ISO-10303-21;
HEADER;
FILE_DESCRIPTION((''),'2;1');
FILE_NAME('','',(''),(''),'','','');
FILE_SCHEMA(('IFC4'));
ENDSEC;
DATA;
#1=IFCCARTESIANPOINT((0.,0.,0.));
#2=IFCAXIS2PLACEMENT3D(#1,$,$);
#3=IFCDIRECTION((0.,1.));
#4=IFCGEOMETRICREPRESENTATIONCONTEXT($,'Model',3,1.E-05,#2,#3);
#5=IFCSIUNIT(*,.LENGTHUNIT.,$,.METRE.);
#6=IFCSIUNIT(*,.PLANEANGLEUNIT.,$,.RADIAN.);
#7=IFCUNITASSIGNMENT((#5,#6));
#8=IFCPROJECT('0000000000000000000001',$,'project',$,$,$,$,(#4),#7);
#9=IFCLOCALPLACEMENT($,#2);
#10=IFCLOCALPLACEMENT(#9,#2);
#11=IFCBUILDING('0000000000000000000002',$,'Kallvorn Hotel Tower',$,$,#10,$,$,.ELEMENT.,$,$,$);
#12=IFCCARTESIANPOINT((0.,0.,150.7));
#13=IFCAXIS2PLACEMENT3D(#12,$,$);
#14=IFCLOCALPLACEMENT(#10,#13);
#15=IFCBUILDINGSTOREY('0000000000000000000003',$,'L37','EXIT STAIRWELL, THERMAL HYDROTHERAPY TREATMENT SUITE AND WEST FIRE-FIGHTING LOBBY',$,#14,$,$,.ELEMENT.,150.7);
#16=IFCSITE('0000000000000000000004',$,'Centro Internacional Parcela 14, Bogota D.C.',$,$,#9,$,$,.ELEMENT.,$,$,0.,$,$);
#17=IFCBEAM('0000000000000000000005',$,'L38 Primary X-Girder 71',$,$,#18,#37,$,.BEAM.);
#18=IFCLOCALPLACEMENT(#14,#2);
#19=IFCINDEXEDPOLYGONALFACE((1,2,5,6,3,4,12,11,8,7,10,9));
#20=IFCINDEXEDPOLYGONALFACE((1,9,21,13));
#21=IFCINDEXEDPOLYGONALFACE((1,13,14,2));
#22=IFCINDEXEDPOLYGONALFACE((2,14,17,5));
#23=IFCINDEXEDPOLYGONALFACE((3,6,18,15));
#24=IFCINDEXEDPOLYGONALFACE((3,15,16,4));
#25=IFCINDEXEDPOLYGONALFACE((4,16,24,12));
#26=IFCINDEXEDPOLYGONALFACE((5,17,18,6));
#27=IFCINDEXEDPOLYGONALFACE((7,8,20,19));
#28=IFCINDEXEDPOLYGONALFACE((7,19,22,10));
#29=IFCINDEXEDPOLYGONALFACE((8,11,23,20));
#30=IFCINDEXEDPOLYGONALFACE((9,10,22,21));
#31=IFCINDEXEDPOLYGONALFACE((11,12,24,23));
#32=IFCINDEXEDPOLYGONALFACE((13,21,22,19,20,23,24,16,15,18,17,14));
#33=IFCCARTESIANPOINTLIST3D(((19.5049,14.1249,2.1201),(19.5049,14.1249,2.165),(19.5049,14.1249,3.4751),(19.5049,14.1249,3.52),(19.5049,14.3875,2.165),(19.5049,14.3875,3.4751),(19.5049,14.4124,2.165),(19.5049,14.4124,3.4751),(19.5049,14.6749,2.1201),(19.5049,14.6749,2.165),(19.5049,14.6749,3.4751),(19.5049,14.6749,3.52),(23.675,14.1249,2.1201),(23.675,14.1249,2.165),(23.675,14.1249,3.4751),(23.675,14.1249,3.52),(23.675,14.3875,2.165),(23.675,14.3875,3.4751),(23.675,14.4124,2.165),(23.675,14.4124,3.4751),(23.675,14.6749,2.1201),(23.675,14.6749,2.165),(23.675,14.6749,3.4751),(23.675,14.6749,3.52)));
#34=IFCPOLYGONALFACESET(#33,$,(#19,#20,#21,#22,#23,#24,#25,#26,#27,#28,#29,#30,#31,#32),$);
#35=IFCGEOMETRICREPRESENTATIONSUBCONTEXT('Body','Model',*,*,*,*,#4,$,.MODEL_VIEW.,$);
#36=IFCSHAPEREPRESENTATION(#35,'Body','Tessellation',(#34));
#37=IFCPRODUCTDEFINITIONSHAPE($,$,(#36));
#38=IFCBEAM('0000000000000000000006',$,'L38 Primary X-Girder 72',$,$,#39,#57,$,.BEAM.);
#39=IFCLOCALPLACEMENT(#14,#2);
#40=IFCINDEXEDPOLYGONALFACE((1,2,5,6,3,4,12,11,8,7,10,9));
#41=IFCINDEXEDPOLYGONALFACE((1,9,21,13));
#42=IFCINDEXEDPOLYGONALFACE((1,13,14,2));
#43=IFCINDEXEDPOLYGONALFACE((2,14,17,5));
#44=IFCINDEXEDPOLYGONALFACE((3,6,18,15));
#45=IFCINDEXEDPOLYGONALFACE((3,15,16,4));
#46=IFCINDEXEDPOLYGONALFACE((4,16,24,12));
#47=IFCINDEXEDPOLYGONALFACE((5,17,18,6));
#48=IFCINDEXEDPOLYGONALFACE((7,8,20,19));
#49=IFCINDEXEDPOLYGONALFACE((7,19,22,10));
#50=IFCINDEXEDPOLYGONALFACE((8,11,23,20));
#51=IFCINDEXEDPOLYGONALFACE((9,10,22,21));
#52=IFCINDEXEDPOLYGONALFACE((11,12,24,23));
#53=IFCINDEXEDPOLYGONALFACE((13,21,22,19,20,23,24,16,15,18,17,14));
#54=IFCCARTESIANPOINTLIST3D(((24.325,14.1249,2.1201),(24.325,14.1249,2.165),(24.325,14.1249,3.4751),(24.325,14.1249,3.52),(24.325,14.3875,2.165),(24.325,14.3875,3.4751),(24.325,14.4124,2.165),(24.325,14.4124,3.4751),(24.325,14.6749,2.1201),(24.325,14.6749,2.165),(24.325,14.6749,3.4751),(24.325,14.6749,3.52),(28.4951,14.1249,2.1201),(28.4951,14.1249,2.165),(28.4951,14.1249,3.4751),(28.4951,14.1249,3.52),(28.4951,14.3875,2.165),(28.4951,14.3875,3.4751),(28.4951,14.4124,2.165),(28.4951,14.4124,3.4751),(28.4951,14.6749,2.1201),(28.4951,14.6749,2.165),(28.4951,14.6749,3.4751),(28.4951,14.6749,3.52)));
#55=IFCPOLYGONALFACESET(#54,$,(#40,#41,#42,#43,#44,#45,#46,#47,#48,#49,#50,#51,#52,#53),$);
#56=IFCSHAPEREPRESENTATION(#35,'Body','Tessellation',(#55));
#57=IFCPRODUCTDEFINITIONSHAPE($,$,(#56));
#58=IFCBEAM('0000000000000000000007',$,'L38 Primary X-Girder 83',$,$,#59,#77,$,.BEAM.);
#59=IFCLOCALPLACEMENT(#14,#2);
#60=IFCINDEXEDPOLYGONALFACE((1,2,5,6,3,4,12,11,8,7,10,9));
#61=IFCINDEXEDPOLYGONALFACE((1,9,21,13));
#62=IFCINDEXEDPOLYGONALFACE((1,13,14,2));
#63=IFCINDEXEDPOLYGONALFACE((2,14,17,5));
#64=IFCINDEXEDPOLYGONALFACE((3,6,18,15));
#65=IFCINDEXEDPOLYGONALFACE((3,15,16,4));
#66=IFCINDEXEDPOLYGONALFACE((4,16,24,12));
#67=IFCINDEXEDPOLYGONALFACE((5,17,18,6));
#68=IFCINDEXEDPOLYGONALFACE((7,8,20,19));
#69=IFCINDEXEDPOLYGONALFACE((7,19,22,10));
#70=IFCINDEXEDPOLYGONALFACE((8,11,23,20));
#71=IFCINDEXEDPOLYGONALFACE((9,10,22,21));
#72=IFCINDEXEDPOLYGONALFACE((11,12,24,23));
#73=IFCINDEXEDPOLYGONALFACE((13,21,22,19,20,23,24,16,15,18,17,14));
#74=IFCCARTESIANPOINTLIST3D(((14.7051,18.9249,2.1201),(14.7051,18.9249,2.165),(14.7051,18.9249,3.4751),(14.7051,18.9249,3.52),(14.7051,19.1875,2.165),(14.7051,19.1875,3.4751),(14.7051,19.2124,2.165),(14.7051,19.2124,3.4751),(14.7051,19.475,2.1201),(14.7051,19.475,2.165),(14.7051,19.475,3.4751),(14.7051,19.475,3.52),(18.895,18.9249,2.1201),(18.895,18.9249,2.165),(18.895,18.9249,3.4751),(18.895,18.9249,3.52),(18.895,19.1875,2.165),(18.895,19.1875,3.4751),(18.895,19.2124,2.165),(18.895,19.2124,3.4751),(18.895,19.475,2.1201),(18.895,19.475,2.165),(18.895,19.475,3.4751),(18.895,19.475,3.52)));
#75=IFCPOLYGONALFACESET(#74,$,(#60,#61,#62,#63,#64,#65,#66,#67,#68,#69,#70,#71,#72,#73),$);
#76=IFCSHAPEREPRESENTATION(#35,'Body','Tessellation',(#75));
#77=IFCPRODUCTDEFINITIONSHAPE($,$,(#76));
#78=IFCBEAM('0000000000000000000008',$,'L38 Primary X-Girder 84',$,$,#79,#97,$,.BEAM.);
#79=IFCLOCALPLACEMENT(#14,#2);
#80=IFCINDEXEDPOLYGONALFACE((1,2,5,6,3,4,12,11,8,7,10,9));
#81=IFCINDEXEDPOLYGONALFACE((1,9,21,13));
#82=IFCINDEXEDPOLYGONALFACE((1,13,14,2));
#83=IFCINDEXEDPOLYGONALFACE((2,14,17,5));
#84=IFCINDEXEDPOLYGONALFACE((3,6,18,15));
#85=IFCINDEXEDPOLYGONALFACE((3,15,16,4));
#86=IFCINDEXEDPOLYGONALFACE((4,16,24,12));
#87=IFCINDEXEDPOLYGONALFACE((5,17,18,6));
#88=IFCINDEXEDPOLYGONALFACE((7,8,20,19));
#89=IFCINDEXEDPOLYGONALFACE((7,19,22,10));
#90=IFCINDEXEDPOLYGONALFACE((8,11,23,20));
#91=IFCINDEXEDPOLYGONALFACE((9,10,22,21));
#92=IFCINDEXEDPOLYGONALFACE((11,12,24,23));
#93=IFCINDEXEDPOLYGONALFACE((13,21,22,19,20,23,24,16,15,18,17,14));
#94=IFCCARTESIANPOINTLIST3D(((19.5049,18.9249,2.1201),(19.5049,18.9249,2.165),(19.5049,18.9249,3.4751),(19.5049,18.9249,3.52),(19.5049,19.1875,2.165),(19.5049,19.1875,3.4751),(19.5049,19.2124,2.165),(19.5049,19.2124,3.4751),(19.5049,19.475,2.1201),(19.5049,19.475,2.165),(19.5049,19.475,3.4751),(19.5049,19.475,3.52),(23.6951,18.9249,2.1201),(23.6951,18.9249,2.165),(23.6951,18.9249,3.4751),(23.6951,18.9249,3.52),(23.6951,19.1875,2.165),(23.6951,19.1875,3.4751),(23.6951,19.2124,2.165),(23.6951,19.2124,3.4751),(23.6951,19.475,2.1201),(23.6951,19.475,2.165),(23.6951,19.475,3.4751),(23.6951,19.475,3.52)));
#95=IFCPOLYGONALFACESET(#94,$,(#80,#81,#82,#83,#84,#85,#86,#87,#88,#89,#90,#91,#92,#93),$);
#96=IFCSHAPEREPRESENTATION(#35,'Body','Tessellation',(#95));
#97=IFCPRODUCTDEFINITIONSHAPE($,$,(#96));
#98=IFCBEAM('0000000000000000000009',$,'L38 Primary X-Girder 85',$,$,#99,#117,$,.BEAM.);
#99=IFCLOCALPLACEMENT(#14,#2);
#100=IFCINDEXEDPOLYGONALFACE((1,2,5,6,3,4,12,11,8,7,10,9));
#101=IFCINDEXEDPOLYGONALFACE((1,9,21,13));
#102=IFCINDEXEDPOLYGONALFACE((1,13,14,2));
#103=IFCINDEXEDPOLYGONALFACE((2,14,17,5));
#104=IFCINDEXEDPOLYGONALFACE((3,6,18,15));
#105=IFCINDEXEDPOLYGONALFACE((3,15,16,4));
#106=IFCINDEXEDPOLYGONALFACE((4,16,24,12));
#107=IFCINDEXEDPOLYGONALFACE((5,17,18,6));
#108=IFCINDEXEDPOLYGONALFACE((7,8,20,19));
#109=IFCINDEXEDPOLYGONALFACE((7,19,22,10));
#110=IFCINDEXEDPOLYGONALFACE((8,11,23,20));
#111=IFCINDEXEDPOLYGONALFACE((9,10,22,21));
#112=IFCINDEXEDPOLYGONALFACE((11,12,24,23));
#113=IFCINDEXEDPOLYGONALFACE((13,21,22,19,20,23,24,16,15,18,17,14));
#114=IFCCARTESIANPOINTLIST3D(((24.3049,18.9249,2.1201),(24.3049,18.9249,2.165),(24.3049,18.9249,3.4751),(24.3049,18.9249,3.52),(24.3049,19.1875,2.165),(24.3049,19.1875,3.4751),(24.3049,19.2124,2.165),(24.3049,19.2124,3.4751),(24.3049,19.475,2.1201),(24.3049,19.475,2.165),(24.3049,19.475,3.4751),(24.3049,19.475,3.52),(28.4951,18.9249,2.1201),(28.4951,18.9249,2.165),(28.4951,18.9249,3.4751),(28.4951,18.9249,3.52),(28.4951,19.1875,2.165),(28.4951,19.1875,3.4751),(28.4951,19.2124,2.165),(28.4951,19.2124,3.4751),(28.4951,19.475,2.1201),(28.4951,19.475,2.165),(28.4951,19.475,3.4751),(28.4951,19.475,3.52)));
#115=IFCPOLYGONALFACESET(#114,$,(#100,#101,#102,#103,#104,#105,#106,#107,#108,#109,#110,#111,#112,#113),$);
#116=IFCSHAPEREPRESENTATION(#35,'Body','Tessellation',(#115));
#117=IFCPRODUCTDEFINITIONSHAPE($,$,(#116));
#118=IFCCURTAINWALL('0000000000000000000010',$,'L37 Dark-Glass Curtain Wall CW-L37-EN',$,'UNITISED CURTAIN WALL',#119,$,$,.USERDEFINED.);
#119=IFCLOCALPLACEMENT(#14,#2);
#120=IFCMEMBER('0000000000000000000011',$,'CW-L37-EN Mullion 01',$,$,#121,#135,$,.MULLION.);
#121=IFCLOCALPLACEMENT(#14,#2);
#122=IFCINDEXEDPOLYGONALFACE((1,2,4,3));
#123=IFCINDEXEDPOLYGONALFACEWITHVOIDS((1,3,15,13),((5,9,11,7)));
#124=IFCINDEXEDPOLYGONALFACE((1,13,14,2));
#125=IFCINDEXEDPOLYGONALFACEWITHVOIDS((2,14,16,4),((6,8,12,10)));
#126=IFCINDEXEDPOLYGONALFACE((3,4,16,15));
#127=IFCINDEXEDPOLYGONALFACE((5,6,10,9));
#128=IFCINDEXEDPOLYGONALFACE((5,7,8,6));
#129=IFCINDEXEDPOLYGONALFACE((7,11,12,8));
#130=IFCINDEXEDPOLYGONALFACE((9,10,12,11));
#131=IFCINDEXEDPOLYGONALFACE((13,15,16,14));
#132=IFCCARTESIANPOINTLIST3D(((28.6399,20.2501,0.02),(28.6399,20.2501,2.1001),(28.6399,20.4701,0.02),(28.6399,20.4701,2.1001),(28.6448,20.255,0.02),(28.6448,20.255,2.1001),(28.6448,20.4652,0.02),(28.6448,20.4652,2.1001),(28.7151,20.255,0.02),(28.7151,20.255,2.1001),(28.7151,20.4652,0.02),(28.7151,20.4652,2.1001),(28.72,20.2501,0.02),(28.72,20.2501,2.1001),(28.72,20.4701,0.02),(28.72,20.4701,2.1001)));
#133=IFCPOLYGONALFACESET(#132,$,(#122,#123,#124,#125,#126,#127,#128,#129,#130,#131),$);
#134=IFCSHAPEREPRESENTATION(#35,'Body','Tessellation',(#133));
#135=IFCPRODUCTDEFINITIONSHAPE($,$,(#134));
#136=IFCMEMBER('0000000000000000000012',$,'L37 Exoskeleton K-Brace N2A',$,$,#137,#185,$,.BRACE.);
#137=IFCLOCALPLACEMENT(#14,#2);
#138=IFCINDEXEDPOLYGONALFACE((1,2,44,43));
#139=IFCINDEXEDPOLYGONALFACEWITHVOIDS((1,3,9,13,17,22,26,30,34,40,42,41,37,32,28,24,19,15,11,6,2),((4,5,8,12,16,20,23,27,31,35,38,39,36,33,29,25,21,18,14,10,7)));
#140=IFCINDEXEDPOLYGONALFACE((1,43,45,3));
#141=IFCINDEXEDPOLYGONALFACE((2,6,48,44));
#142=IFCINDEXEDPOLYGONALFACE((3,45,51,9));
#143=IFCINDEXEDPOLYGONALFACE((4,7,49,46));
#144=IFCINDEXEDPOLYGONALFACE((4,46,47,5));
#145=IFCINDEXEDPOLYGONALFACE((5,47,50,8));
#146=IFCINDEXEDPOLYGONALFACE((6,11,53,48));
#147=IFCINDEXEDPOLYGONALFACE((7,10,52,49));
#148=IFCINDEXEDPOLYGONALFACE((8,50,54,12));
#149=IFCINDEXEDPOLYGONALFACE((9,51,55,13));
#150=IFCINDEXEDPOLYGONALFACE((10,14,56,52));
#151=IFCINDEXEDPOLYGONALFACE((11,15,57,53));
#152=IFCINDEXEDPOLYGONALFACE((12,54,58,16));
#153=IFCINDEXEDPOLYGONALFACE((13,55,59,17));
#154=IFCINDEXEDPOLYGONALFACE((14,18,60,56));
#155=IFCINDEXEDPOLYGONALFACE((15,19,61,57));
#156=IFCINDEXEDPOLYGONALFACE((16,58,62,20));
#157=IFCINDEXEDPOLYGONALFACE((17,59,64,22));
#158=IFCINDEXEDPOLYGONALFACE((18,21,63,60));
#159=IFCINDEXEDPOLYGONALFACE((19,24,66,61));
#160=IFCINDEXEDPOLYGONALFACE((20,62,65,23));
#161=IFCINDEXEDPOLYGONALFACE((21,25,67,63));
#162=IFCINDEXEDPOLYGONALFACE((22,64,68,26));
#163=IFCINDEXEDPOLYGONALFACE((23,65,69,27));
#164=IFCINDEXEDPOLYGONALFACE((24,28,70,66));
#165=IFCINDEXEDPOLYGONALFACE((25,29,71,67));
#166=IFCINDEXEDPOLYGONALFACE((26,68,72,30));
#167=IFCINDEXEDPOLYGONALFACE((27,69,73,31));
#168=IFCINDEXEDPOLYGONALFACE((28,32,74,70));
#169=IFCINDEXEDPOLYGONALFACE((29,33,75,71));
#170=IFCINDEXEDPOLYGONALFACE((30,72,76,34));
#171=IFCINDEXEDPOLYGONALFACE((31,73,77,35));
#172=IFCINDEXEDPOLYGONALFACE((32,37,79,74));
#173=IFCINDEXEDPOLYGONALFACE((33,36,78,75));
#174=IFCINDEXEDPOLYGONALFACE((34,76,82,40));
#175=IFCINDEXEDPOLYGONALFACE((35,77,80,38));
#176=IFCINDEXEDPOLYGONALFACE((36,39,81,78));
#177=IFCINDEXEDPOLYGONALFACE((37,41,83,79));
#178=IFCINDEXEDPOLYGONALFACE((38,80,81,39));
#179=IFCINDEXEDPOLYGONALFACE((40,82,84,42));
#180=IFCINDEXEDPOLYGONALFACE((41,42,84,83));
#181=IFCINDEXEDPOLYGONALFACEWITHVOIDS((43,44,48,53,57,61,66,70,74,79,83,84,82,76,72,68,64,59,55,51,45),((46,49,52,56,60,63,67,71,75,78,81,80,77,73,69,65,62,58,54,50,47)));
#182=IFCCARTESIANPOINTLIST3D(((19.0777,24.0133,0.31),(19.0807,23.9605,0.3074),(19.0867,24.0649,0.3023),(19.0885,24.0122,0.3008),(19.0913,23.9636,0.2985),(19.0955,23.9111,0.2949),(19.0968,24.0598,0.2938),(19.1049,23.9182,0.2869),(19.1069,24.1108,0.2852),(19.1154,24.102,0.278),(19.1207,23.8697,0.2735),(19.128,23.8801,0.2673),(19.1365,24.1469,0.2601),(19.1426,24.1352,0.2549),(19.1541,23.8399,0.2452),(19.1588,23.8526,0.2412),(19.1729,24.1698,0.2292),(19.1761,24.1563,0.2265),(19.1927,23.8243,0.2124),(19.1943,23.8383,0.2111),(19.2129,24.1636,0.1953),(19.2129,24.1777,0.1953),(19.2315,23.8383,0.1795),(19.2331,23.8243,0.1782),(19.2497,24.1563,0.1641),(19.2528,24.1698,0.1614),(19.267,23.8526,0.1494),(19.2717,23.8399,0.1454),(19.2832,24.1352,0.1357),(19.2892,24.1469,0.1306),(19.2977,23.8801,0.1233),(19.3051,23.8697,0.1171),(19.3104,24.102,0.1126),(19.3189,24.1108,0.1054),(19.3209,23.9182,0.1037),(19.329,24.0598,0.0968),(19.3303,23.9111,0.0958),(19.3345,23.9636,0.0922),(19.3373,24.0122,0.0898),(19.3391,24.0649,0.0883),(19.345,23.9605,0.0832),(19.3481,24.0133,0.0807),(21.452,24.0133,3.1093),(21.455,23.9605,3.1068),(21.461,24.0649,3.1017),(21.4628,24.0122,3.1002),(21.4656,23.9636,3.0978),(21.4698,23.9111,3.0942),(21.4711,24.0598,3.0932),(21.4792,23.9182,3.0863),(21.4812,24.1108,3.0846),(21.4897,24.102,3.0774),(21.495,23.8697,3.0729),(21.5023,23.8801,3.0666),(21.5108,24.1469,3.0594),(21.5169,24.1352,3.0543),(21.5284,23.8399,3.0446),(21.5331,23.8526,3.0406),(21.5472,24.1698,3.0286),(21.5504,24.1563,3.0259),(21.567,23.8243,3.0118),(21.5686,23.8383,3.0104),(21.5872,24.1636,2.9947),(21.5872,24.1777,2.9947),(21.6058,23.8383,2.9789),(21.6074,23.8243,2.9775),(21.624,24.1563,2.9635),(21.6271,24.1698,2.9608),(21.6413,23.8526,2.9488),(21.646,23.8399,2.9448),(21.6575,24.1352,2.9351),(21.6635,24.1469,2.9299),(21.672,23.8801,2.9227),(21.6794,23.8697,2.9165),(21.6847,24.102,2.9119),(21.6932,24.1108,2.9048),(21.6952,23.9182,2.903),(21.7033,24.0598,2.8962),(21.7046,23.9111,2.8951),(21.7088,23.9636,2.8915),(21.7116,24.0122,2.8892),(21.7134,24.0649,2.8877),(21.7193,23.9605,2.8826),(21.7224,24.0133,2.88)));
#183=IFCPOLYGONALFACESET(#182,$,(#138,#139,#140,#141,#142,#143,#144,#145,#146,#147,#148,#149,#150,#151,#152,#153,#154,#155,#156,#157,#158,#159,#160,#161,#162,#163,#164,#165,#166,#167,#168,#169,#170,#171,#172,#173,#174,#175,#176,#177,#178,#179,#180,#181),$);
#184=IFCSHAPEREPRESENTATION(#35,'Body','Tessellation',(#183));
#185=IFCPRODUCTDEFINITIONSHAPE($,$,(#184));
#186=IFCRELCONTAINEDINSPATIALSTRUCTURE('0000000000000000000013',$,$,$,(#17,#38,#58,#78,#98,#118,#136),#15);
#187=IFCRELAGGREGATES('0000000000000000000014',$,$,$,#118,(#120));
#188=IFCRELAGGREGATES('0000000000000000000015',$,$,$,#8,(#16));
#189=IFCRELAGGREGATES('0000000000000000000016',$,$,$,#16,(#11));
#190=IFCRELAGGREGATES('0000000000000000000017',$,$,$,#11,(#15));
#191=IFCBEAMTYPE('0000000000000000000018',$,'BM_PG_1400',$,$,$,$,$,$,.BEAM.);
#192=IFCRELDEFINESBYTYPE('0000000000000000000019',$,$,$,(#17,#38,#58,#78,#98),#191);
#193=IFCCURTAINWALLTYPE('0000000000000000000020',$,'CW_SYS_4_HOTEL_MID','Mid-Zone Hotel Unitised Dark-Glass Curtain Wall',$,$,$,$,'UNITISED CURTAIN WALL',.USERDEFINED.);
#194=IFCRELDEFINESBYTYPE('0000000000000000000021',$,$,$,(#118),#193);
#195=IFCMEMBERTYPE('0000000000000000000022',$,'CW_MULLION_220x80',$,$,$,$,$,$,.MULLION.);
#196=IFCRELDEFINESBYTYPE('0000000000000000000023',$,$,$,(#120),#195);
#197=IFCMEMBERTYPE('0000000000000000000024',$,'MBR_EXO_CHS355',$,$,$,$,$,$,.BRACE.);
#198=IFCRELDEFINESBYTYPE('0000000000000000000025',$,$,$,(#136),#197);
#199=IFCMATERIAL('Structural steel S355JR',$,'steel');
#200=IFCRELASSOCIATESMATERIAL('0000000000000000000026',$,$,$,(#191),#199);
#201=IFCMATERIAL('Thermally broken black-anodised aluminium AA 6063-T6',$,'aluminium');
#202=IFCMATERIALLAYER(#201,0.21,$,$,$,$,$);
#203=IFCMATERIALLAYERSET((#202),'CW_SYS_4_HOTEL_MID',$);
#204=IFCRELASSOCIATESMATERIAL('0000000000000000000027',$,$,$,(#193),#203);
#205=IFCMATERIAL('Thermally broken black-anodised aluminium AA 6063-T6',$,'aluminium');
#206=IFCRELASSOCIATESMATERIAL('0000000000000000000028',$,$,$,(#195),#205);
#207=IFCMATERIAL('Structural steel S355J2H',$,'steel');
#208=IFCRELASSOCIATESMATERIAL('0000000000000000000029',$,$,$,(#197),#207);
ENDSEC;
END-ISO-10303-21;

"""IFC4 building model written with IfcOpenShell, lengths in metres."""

from ifc_helpers import new_model, si_unit, direction, frame, origin, origin_2d, place, context, subcontext, project, spatial, hollow_rectangle, hollow_circle, i_section, extrude, material, layer, layer_set, material_profile, profile_set, type_object, element, aggregate, save


model = new_model("IFC4")

# Units and contexts
model_context = context("Model", 3, precision=1e-05, world=origin(), true_north=direction((0.0, 1.0)))
body_context = subcontext(model_context, "Body", "Model", "MODEL_VIEW")
ifc_project = project(units=[si_unit("LENGTHUNIT", "METRE"), si_unit("PLANEANGLEUNIT", "RADIAN")], contexts=[model_context])

# Site, building, storey
site_placement = place(None, origin())
site = spatial("IfcSite", under=ifc_project, at=site_placement, Name="Centro Internacional Parcela 14, Bogota D.C.", CompositionType="ELEMENT", RefElevation=0.0)
building_placement = place(site_placement, origin())
building = spatial("IfcBuilding", under=site, at=building_placement, Name="Kallvorn Hotel Tower", CompositionType="ELEMENT")
storey_placement = place(building_placement, frame((0.0, 0.0, 150.7)))
storey = spatial("IfcBuildingStorey", under=building, at=storey_placement, Name="L37", Description="EXIT STAIRWELL, THERMAL HYDROTHERAPY TREATMENT SUITE AND WEST FIRE-FIGHTING LOBBY", CompositionType="ELEMENT", Elevation=150.7)

# Beams
ifc_material_1 = material(Name="Structural steel S355JR", Category="steel")
ifc_material_profile_1 = material_profile(ifc_material_1, i_section(OverallWidth=0.55, OverallDepth=1.3999, WebThickness=0.0249, FlangeThickness=0.0449, at=origin_2d()), Name="PG 1400x550x25x45")
ifc_profile_set_1 = profile_set([ifc_material_profile_1], Name="Structural steel S355JR")
beam_type_1 = type_object("IfcBeamType", Name="BM_PG_1400", PredefinedType="BEAM", material=ifc_profile_set_1)
for number, where, z_axis, x_axis, name in (
    (1, (19.5049, 14.3999, 2.8201), (1.0, 0.0, 0.0), (0.0, 1.0, 0.0), "L38 Primary X-Girder 71"),
    (2, (24.325, 14.3999, 2.8201), (1.0, 0.0, 0.0), (0.0, 1.0, 0.0), "L38 Primary X-Girder 72"),
):
    element("IfcBeam", number, at=place(storey_placement, frame(where, z_axis=z_axis, x_axis=x_axis)), inside=storey, type_object=beam_type_1, Name=name, PredefinedType="BEAM", context=body_context, shape_type="SweptSolid", body=[
        extrude(i_section(OverallWidth=0.55, OverallDepth=1.3999, WebThickness=0.0249, FlangeThickness=0.0449, at=origin_2d()), origin(), (0.0, 0.0, 1.0), 4.1702),
    ])
beam_1_placement = place(storey_placement, frame((14.7051, 19.2, 2.8201), z_axis=(1.0, 0.0, 0.0), x_axis=(0.0, 1.0, 0.0)))
element("IfcBeam", 3, at=beam_1_placement, inside=storey, type_object=beam_type_1, Name="L38 Primary X-Girder 83", PredefinedType="BEAM", context=body_context, shape_type="SweptSolid", body=[
    extrude(i_section(OverallWidth=0.55, OverallDepth=1.3999, WebThickness=0.0249, FlangeThickness=0.0449, at=origin_2d()), origin(), (0.0, 0.0, 1.0), 4.1899),
])
for number, where, z_axis, x_axis, name in (
    (4, (19.5049, 19.2, 2.8201), (1.0, 0.0, 0.0), (0.0, 1.0, 0.0), "L38 Primary X-Girder 84"),
    (5, (24.3049, 19.2, 2.8201), (1.0, 0.0, 0.0), (0.0, 1.0, 0.0), "L38 Primary X-Girder 85"),
):
    element("IfcBeam", number, at=place(storey_placement, frame(where, z_axis=z_axis, x_axis=x_axis)), inside=storey, type_object=beam_type_1, Name=name, PredefinedType="BEAM", context=body_context, shape_type="SweptSolid", body=[
        extrude(i_section(OverallWidth=0.55, OverallDepth=1.3999, WebThickness=0.0249, FlangeThickness=0.0449, at=origin_2d()), origin(), (0.0, 0.0, 1.0), 4.1902),
    ])

# Curtain wall, member
ifc_material_2 = material(Name="Thermally broken black-anodised aluminium AA 6063-T6", Category="aluminium")
ifc_layer_1 = layer(ifc_material_2, 0.21)
ifc_layer_set_1 = layer_set([ifc_layer_1], Name="CW_SYS_4_HOTEL_MID")
curtain_wall_type = type_object("IfcCurtainWallType", Name="CW_SYS_4_HOTEL_MID", Description="Mid-Zone Hotel Unitised Dark-Glass Curtain Wall", ElementType="UNITISED CURTAIN WALL", PredefinedType="USERDEFINED", material=ifc_layer_set_1)
curtain_wall_placement = place(storey_placement, origin())
curtain_wall = element("IfcCurtainWall", 6, at=curtain_wall_placement, inside=storey, type_object=curtain_wall_type, Name="L37 Dark-Glass Curtain Wall CW-L37-EN", ObjectType="UNITISED CURTAIN WALL", PredefinedType="USERDEFINED")
ifc_material_3 = material(Name="Thermally broken black-anodised aluminium AA 6063-T6", Category="aluminium")
ifc_material_profile_2 = material_profile(ifc_material_3, hollow_rectangle(XDim=0.0801, YDim=0.22, WallThickness=0.0049, at=origin_2d()), Name="MUL 220x80")
ifc_profile_set_2 = profile_set([ifc_material_profile_2], Name="Thermally broken black-anodised aluminium AA 6063-T6")
member_type_1 = type_object("IfcMemberType", Name="CW_MULLION_220x80", PredefinedType="MULLION", material=ifc_profile_set_2)
member_placement = place(storey_placement, frame((28.6799, 20.3601, 0.02), z_axis=(0.0, 0.0, 1.0), x_axis=(1.0, 0.0, 0.0)))
member = element("IfcMember", 7, at=member_placement, type_object=member_type_1, Name="CW-L37-EN Mullion 01", PredefinedType="MULLION", context=body_context, shape_type="SweptSolid", body=[
    extrude(hollow_rectangle(XDim=0.0801, YDim=0.22, WallThickness=0.0049, at=origin_2d()), origin(), (0.0, 0.0, 1.0), 2.0801),
])
aggregate(curtain_wall, [member])

# Member
ifc_material_4 = material(Name="Structural steel S355J2H", Category="steel")
ifc_material_profile_3 = material_profile(ifc_material_4, hollow_circle(Radius=0.1777, WallThickness=0.0142, at=origin_2d()), Name="CHS 355.6x14.2")
ifc_profile_set_3 = profile_set([ifc_material_profile_3], Name="Structural steel S355J2H")
member_type_2 = type_object("IfcMemberType", Name="MBR_EXO_CHS355", PredefinedType="BRACE", material=ifc_profile_set_3)
for number, where, z_axis, x_axis, name in (
    (8, (19.2129, 24.0, 0.1953), (0.646833, 0.0, 0.762631), (0.0, 1.0, 0.0), "L37 Exoskeleton K-Brace N2A"),
):
    element("IfcMember", number, at=place(storey_placement, frame(where, z_axis=z_axis, x_axis=x_axis)), inside=storey, type_object=member_type_2, Name=name, PredefinedType="BRACE", context=body_context, shape_type="SweptSolid", body=[
        extrude(hollow_circle(Radius=0.1777, WallThickness=0.0142, at=origin_2d()), origin(), (0.0, 0.0, 1.0), 3.6707),
    ])

save(model, "model.ifc")
